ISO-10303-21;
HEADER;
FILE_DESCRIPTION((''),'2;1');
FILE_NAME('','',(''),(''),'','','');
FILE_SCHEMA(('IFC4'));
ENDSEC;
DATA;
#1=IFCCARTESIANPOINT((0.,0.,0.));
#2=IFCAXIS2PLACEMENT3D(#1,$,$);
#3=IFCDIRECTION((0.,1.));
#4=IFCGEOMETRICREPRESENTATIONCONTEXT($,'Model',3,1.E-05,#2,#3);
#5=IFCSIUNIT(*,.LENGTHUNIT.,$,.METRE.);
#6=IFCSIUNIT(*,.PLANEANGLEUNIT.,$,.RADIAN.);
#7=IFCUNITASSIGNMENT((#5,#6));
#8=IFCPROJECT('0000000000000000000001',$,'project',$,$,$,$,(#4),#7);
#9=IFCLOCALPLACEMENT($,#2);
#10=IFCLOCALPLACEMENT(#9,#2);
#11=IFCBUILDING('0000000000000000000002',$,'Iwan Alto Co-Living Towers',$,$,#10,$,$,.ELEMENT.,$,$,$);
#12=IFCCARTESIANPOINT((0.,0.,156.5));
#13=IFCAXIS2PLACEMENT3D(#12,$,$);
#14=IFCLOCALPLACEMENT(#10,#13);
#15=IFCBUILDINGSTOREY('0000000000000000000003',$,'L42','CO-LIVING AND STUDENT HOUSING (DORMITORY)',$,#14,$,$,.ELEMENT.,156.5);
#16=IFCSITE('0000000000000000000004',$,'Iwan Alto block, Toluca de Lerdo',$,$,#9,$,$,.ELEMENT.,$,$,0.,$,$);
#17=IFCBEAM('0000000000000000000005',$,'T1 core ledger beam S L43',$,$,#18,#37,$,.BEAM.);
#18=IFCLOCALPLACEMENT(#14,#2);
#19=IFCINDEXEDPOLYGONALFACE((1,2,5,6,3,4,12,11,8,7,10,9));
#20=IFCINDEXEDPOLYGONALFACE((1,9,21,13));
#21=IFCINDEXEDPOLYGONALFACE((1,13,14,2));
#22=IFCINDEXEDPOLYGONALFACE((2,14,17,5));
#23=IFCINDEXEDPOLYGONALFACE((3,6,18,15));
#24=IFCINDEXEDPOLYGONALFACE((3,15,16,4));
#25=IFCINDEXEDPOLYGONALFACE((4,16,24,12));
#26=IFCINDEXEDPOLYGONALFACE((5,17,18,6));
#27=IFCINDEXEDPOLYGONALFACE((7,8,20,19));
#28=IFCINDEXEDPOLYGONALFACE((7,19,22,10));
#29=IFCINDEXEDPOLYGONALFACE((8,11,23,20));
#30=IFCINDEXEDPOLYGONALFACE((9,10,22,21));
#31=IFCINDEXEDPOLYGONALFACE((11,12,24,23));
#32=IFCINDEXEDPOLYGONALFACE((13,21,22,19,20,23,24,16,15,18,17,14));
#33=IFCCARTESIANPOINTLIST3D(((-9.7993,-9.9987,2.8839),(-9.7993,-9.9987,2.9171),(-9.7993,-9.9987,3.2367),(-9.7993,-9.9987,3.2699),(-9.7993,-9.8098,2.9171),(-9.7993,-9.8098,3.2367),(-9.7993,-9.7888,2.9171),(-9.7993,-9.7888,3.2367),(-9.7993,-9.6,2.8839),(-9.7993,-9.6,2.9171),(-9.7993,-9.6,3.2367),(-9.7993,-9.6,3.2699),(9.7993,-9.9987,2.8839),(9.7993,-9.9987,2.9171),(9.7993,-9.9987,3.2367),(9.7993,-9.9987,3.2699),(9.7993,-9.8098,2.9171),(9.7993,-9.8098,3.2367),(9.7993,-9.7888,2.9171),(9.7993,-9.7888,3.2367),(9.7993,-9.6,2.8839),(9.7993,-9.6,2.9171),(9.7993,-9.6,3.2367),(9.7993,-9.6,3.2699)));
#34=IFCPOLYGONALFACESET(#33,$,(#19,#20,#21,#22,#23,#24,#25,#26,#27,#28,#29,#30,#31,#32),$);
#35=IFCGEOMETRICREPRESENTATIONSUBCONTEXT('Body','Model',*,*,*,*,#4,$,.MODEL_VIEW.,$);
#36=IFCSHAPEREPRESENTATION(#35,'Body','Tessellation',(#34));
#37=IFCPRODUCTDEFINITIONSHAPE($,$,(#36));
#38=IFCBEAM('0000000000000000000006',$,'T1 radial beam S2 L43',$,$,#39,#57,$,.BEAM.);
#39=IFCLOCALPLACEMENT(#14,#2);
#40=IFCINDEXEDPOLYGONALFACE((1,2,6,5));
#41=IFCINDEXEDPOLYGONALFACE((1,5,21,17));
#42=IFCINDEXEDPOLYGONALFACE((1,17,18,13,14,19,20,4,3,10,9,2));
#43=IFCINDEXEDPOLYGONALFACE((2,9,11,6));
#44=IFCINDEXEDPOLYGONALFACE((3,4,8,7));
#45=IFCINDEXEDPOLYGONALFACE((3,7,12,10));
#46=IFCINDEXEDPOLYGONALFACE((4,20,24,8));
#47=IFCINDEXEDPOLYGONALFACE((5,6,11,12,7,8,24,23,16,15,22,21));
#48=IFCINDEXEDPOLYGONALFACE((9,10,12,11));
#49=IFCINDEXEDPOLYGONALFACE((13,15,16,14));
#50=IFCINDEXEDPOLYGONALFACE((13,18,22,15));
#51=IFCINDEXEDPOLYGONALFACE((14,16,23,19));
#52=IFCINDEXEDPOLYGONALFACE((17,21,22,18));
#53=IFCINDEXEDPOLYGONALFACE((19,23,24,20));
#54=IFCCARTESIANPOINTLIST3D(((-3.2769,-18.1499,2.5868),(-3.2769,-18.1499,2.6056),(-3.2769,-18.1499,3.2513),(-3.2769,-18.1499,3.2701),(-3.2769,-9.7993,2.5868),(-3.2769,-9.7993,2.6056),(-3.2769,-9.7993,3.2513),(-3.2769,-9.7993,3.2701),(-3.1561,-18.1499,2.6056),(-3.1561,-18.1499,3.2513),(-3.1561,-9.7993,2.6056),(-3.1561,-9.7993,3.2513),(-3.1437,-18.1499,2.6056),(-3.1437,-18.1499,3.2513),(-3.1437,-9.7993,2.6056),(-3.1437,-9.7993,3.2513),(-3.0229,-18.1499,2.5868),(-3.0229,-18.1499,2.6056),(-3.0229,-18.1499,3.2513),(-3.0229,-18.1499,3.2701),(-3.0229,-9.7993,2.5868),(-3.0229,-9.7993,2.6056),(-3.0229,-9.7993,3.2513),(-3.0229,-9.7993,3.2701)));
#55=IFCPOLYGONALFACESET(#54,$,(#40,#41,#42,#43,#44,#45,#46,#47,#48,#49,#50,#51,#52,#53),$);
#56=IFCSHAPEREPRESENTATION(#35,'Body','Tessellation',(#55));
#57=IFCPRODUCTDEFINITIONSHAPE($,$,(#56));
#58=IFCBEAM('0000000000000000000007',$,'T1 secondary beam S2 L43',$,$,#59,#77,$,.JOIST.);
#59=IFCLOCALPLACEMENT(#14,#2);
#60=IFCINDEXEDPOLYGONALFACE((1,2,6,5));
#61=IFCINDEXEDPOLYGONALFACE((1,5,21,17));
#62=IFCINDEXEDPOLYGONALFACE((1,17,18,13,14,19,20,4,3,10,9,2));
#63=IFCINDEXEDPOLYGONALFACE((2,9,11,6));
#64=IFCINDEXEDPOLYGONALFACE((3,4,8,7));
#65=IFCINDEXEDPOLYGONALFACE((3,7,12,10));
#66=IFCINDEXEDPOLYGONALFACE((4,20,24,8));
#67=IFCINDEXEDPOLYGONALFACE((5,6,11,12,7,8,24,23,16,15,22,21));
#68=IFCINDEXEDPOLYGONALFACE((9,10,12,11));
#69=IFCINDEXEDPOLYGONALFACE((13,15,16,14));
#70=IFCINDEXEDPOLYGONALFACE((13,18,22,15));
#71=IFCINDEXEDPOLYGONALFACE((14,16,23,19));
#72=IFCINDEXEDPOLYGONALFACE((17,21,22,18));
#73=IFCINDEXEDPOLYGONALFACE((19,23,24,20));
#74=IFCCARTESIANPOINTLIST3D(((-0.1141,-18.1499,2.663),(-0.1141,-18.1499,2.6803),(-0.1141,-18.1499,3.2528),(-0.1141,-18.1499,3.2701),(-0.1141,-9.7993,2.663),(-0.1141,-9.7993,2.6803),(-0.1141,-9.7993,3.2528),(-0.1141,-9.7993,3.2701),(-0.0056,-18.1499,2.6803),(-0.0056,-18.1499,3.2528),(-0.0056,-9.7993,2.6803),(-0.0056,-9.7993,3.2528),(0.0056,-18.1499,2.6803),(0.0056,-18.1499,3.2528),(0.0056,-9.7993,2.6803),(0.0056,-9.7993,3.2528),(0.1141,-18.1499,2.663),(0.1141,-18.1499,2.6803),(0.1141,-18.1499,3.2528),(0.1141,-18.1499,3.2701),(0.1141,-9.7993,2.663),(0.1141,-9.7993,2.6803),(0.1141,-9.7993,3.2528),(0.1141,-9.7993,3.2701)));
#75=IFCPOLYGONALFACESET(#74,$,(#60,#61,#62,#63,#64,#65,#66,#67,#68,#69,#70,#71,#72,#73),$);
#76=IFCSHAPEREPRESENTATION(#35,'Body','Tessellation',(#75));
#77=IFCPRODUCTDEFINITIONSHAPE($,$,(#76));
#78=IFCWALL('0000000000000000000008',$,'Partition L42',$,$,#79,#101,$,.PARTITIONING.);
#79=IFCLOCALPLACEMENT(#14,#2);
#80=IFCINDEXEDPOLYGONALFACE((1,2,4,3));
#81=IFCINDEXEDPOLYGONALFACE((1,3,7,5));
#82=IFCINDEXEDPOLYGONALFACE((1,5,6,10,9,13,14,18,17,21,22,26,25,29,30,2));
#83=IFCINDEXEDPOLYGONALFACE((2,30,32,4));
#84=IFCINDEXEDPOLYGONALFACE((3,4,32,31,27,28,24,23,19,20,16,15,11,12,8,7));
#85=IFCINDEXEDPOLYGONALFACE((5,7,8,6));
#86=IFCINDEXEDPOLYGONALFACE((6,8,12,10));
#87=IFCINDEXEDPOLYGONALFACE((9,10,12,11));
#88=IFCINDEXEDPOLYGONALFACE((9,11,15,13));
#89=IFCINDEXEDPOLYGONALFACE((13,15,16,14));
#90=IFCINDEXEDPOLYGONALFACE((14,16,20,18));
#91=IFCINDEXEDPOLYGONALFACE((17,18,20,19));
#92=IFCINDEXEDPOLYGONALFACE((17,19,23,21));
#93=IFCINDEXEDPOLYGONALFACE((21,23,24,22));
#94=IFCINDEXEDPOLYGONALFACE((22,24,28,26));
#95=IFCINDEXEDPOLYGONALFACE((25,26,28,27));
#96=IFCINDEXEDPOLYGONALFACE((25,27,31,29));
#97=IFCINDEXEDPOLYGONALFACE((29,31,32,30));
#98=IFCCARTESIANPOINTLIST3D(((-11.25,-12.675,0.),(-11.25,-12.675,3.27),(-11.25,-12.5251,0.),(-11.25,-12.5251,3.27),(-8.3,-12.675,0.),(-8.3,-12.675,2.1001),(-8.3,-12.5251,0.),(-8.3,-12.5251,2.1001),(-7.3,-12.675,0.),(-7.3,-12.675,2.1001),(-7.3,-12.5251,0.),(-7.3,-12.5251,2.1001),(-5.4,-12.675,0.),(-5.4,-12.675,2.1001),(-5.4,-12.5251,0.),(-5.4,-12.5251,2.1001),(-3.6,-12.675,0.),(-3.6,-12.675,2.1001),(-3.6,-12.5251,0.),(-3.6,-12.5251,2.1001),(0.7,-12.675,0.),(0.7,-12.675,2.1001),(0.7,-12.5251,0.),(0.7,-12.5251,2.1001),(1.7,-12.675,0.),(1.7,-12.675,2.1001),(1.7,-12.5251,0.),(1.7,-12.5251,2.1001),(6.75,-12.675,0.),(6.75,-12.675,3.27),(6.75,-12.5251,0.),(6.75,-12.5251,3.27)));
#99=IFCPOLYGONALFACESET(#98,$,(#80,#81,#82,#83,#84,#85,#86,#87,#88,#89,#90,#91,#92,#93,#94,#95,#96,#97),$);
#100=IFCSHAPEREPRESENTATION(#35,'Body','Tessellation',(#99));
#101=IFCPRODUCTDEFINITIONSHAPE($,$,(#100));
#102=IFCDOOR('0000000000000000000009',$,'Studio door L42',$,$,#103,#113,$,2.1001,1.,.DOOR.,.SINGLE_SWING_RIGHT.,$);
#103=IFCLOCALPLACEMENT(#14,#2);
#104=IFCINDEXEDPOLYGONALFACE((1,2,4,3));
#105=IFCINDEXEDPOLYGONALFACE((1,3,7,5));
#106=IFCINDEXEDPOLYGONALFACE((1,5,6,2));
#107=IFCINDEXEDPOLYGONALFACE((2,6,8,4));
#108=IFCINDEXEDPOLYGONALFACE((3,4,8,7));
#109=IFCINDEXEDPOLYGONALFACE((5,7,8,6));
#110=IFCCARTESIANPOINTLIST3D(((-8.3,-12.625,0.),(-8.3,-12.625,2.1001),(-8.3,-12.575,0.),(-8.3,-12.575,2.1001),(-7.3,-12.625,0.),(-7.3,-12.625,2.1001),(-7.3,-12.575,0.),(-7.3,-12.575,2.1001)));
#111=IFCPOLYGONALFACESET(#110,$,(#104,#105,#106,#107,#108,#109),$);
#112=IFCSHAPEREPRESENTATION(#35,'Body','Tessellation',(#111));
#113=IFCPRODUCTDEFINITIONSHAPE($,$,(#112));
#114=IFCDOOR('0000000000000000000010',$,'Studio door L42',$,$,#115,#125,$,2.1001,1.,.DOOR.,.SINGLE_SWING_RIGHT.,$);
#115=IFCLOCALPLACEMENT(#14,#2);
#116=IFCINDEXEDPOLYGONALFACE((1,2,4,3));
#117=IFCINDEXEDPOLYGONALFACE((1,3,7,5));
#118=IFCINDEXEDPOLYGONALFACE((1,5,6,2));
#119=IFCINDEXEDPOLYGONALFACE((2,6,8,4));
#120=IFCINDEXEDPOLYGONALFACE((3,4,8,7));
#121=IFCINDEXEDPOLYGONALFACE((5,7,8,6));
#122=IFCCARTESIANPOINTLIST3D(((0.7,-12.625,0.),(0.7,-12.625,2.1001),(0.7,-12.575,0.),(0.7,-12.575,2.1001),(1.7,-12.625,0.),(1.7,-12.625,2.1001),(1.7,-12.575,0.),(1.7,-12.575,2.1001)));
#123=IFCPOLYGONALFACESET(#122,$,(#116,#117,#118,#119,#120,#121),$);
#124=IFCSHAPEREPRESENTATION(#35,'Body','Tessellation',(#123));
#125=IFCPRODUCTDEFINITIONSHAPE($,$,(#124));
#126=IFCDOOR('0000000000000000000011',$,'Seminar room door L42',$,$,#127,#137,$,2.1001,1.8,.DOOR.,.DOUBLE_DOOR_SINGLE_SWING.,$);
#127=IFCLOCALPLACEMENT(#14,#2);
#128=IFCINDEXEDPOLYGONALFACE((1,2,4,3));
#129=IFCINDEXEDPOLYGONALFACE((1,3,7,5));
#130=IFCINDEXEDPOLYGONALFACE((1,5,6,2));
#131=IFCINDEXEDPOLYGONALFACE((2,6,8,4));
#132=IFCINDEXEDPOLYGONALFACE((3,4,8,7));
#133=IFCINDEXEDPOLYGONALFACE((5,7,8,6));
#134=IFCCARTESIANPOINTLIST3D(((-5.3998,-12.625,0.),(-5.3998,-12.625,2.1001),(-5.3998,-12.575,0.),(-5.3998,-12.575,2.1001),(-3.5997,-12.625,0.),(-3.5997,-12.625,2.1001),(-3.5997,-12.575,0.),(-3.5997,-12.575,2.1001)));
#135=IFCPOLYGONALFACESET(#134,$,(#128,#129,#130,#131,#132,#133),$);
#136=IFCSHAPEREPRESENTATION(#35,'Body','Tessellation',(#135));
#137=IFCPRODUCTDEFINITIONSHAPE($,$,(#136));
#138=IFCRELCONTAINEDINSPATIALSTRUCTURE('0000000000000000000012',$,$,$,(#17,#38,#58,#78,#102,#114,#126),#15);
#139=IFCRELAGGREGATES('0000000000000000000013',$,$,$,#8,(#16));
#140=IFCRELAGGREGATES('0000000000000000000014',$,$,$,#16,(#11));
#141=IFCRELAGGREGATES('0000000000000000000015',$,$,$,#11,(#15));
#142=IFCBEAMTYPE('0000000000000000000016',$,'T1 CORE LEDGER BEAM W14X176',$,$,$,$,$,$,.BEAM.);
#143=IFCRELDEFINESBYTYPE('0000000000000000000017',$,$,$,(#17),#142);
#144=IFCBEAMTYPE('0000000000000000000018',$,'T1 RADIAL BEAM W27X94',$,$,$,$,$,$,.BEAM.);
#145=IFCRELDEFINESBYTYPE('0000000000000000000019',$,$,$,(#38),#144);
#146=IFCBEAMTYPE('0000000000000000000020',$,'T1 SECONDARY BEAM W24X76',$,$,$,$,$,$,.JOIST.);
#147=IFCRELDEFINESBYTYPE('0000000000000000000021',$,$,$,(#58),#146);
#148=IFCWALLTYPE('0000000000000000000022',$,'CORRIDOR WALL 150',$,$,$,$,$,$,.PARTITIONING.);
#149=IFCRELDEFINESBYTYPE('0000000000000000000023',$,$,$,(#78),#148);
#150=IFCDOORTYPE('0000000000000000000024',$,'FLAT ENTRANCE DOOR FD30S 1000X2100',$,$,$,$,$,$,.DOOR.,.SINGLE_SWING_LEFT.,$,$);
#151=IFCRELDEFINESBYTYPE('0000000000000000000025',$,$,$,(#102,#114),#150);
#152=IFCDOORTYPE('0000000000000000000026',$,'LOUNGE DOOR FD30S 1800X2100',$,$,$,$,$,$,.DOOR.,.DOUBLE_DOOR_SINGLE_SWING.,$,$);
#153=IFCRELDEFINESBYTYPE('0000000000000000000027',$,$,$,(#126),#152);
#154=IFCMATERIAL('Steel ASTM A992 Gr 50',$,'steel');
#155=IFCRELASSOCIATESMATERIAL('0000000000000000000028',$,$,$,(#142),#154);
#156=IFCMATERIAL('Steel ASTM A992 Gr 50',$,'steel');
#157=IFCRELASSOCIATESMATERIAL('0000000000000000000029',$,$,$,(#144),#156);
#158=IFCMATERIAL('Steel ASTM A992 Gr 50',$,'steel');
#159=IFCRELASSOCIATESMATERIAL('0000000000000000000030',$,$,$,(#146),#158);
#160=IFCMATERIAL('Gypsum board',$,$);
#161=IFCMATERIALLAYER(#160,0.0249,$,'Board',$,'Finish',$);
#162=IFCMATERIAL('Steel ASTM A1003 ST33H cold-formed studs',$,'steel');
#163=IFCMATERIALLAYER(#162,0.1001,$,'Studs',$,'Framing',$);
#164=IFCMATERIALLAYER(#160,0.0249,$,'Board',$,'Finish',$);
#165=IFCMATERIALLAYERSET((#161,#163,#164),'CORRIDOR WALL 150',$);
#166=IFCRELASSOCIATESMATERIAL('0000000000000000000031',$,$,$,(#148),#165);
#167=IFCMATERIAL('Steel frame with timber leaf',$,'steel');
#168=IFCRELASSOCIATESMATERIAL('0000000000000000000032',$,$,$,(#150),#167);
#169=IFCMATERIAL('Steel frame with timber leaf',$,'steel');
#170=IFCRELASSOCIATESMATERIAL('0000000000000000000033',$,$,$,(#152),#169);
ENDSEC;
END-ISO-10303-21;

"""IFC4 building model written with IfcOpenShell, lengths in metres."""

from ifc_helpers import new_model, si_unit, direction, frame, frame_2d, origin, origin_2d, place, context, subcontext, project, spatial, rectangle, i_section, extrude, material, layer, layer_set, material_profile, profile_set, type_object, element, fill, save


model = new_model("IFC4")

# Units and contexts
model_context = context("Model", 3, precision=1e-05, world=origin(), true_north=direction((0.0, 1.0)))
body_context = subcontext(model_context, "Body", "Model", "MODEL_VIEW")
ifc_project = project(units=[si_unit("LENGTHUNIT", "METRE"), si_unit("PLANEANGLEUNIT", "RADIAN")], contexts=[model_context])

# Site, building, storey
site_placement = place(None, origin())
site = spatial("IfcSite", under=ifc_project, at=site_placement, Name="Iwan Alto block, Toluca de Lerdo", CompositionType="ELEMENT", RefElevation=0.0)
building_placement = place(site_placement, origin())
building = spatial("IfcBuilding", under=site, at=building_placement, Name="Iwan Alto Co-Living Towers", CompositionType="ELEMENT")
storey_placement = place(building_placement, frame((0.0, 0.0, 156.5)))
storey = spatial("IfcBuildingStorey", under=building, at=storey_placement, Name="L42", Description="CO-LIVING AND STUDENT HOUSING (DORMITORY)", CompositionType="ELEMENT", Elevation=156.5)

# Beams
ifc_material_1 = material(Name="Steel ASTM A992 Gr 50", Category="steel")
ifc_material_profile_1 = material_profile(ifc_material_1, i_section(OverallWidth=0.3987, OverallDepth=0.386, WebThickness=0.021, FlangeThickness=0.0332, at=origin_2d()), Name="W14X176")
ifc_profile_set_1 = profile_set([ifc_material_profile_1], Name="Steel ASTM A992 Gr 50")
beam_type_1 = type_object("IfcBeamType", Name="T1 CORE LEDGER BEAM W14X176", PredefinedType="BEAM", material=ifc_profile_set_1)
beam_1_placement = place(storey_placement, frame((-9.7993, -9.7993, 3.0769), z_axis=(1.0, 0.0, 0.0), x_axis=(0.0, 1.0, 0.0)))
element("IfcBeam", 1, at=beam_1_placement, inside=storey, type_object=beam_type_1, Name="T1 core ledger beam S L43", PredefinedType="BEAM", context=body_context, shape_type="SweptSolid", body=[
    extrude(i_section(OverallWidth=0.3987, OverallDepth=0.386, WebThickness=0.021, FlangeThickness=0.0332, at=origin_2d()), origin(), (0.0, 0.0, 1.0), 19.5986),
])
ifc_material_2 = material(Name="Steel ASTM A992 Gr 50", Category="steel")
ifc_material_profile_2 = material_profile(ifc_material_2, i_section(OverallWidth=0.2539, OverallDepth=0.6833, WebThickness=0.0125, FlangeThickness=0.0188, at=origin_2d()), Name="W27X94")
ifc_profile_set_2 = profile_set([ifc_material_profile_2], Name="Steel ASTM A992 Gr 50")
beam_type_2 = type_object("IfcBeamType", Name="T1 RADIAL BEAM W27X94", PredefinedType="BEAM", material=ifc_profile_set_2)
beam_2_placement = place(storey_placement, frame((-3.1499, -18.1499, 2.9285), z_axis=(0.0, 1.0, 0.0), x_axis=(-1.0, 0.0, 0.0)))
element("IfcBeam", 2, at=beam_2_placement, inside=storey, type_object=beam_type_2, Name="T1 radial beam S2 L43", PredefinedType="BEAM", context=body_context, shape_type="SweptSolid", body=[
    extrude(i_section(OverallWidth=0.2539, OverallDepth=0.6833, WebThickness=0.0125, FlangeThickness=0.0188, at=origin_2d()), origin(), (0.0, 0.0, 1.0), 8.3506),
])
ifc_material_3 = material(Name="Steel ASTM A992 Gr 50", Category="steel")
ifc_material_profile_3 = material_profile(ifc_material_3, i_section(OverallWidth=0.2283, OverallDepth=0.6072, WebThickness=0.0112, FlangeThickness=0.0173, at=origin_2d()), Name="W24X76")
ifc_profile_set_3 = profile_set([ifc_material_profile_3], Name="Steel ASTM A992 Gr 50")
beam_type_3 = type_object("IfcBeamType", Name="T1 SECONDARY BEAM W24X76", PredefinedType="JOIST", material=ifc_profile_set_3)
beam_3_placement = place(storey_placement, frame((0.0, -18.1499, 2.9666), z_axis=(0.0, 1.0, 0.0), x_axis=(-1.0, 0.0, 0.0)))
element("IfcBeam", 3, at=beam_3_placement, inside=storey, type_object=beam_type_3, Name="T1 secondary beam S2 L43", PredefinedType="JOIST", context=body_context, shape_type="SweptSolid", body=[
    extrude(i_section(OverallWidth=0.2283, OverallDepth=0.6072, WebThickness=0.0112, FlangeThickness=0.0173, at=origin_2d()), origin(), (0.0, 0.0, 1.0), 8.3506),
])

# Wall, openings, doors
ifc_material_4 = material(Name="Gypsum board")
ifc_layer_1 = layer(ifc_material_4, 0.0249, Name="Board", Category="Finish")
ifc_material_5 = material(Name="Steel ASTM A1003 ST33H cold-formed studs", Category="steel")
ifc_layer_2 = layer(ifc_material_5, 0.1001, Name="Studs", Category="Framing")
ifc_layer_3 = layer(ifc_material_4, 0.0249, Name="Board", Category="Finish")
ifc_layer_set_1 = layer_set([ifc_layer_1, ifc_layer_2, ifc_layer_3], Name="CORRIDOR WALL 150")
wall_type_1 = type_object("IfcWallType", Name="CORRIDOR WALL 150", PredefinedType="PARTITIONING", material=ifc_layer_set_1)
wall_1_placement = place(storey_placement, frame((-11.25, -12.6001, 0.0), z_axis=(0.0, 0.0, 1.0), x_axis=(1.0, 0.0, 0.0)))
wall_1 = element("IfcWall", 4, at=wall_1_placement, inside=storey, type_object=wall_type_1, Name="Partition L42", PredefinedType="PARTITIONING", context=body_context, shape_type="SweptSolid", body=[
    extrude(rectangle(XDim=18.0, YDim=0.1499, at=frame_2d((9.0, 0.0))), origin(), (0.0, 0.0, 1.0), 3.27),
])
opening_1_placement = place(wall_1_placement, frame((2.95, 0.0, 0.0)))
opening_1 = element("IfcOpeningElement", 5, at=opening_1_placement, cuts=wall_1, PredefinedType="OPENING", context=body_context, shape_type="SweptSolid", body=[
    extrude(rectangle(XDim=1.0, YDim=2.1001, at=frame_2d((0.5, 1.05))), frame((0.0, 0.085, 0.0), z_axis=(0.0, -1.0, 0.0), x_axis=(1.0, 0.0, 0.0)), (0.0, 0.0, 1.0), 0.1699),
])
opening_2_placement = place(wall_1_placement, frame((5.8501, 0.0, 0.0)))
opening_2 = element("IfcOpeningElement", 6, at=opening_2_placement, cuts=wall_1, PredefinedType="OPENING", context=body_context, shape_type="SweptSolid", body=[
    extrude(rectangle(XDim=1.8, YDim=2.1001, at=frame_2d((0.8999, 1.05))), frame((0.0, 0.085, 0.0), z_axis=(0.0, -1.0, 0.0), x_axis=(1.0, 0.0, 0.0)), (0.0, 0.0, 1.0), 0.1699),
])
opening_3_placement = place(wall_1_placement, frame((11.95, 0.0, 0.0)))
opening_3 = element("IfcOpeningElement", 7, at=opening_3_placement, cuts=wall_1, PredefinedType="OPENING", context=body_context, shape_type="SweptSolid", body=[
    extrude(rectangle(XDim=1.0, YDim=2.1001, at=frame_2d((0.5, 1.05))), frame((0.0, 0.085, 0.0), z_axis=(0.0, -1.0, 0.0), x_axis=(1.0, 0.0, 0.0)), (0.0, 0.0, 1.0), 0.1699),
])
ifc_material_6 = material(Name="Steel frame with timber leaf", Category="steel")
door_type_1 = type_object("IfcDoorType", Name="FLAT ENTRANCE DOOR FD30S 1000X2100", OperationType="SINGLE_SWING_LEFT", PredefinedType="DOOR", material=ifc_material_6)
door_1_placement = place(opening_1_placement, frame((1.0, 0.0, 0.0), z_axis=(0.0, 0.0, 1.0), x_axis=(-1.0, 0.0, 0.0)))
door_1 = element("IfcDoor", 8, at=door_1_placement, inside=storey, type_object=door_type_1, Name="Studio door L42", OperationType="SINGLE_SWING_RIGHT", OverallHeight=2.1001, OverallWidth=1.0, PredefinedType="DOOR", context=body_context, shape_type="SweptSolid", body=[
    extrude(rectangle(XDim=1.0, YDim=2.1001, at=frame_2d((0.5, 1.05))), frame((0.0, 0.0249, 0.0), z_axis=(0.0, -1.0, 0.0), x_axis=(1.0, 0.0, 0.0)), (0.0, 0.0, 1.0), 0.05),
])
fill(opening_1, door_1)
door_2_placement = place(opening_3_placement, frame((1.0, 0.0, 0.0), z_axis=(0.0, 0.0, 1.0), x_axis=(-1.0, 0.0, 0.0)))
door_2 = element("IfcDoor", 9, at=door_2_placement, inside=storey, type_object=door_type_1, Name="Studio door L42", OperationType="SINGLE_SWING_RIGHT", OverallHeight=2.1001, OverallWidth=1.0, PredefinedType="DOOR", context=body_context, shape_type="SweptSolid", body=[
    extrude(rectangle(XDim=1.0, YDim=2.1001, at=frame_2d((0.5, 1.05))), frame((0.0, 0.0249, 0.0), z_axis=(0.0, -1.0, 0.0), x_axis=(1.0, 0.0, 0.0)), (0.0, 0.0, 1.0), 0.05),
])
fill(opening_3, door_2)
ifc_material_7 = material(Name="Steel frame with timber leaf", Category="steel")
door_type_2 = type_object("IfcDoorType", Name="LOUNGE DOOR FD30S 1800X2100", OperationType="DOUBLE_DOOR_SINGLE_SWING", PredefinedType="DOOR", material=ifc_material_7)
door_3_placement = place(opening_2_placement, frame((1.8, 0.0, 0.0), z_axis=(0.0, 0.0, 1.0), x_axis=(-1.0, 0.0, 0.0)))
door_3 = element("IfcDoor", 10, at=door_3_placement, inside=storey, type_object=door_type_2, Name="Seminar room door L42", OperationType="DOUBLE_DOOR_SINGLE_SWING", OverallHeight=2.1001, OverallWidth=1.8, PredefinedType="DOOR", context=body_context, shape_type="SweptSolid", body=[
    extrude(rectangle(XDim=1.8, YDim=2.1001, at=frame_2d((0.8999, 1.05))), frame((0.0, 0.0249, 0.0), z_axis=(0.0, -1.0, 0.0), x_axis=(1.0, 0.0, 0.0)), (0.0, 0.0, 1.0), 0.05),
])
fill(opening_2, door_3)

save(model, "model.ifc")
